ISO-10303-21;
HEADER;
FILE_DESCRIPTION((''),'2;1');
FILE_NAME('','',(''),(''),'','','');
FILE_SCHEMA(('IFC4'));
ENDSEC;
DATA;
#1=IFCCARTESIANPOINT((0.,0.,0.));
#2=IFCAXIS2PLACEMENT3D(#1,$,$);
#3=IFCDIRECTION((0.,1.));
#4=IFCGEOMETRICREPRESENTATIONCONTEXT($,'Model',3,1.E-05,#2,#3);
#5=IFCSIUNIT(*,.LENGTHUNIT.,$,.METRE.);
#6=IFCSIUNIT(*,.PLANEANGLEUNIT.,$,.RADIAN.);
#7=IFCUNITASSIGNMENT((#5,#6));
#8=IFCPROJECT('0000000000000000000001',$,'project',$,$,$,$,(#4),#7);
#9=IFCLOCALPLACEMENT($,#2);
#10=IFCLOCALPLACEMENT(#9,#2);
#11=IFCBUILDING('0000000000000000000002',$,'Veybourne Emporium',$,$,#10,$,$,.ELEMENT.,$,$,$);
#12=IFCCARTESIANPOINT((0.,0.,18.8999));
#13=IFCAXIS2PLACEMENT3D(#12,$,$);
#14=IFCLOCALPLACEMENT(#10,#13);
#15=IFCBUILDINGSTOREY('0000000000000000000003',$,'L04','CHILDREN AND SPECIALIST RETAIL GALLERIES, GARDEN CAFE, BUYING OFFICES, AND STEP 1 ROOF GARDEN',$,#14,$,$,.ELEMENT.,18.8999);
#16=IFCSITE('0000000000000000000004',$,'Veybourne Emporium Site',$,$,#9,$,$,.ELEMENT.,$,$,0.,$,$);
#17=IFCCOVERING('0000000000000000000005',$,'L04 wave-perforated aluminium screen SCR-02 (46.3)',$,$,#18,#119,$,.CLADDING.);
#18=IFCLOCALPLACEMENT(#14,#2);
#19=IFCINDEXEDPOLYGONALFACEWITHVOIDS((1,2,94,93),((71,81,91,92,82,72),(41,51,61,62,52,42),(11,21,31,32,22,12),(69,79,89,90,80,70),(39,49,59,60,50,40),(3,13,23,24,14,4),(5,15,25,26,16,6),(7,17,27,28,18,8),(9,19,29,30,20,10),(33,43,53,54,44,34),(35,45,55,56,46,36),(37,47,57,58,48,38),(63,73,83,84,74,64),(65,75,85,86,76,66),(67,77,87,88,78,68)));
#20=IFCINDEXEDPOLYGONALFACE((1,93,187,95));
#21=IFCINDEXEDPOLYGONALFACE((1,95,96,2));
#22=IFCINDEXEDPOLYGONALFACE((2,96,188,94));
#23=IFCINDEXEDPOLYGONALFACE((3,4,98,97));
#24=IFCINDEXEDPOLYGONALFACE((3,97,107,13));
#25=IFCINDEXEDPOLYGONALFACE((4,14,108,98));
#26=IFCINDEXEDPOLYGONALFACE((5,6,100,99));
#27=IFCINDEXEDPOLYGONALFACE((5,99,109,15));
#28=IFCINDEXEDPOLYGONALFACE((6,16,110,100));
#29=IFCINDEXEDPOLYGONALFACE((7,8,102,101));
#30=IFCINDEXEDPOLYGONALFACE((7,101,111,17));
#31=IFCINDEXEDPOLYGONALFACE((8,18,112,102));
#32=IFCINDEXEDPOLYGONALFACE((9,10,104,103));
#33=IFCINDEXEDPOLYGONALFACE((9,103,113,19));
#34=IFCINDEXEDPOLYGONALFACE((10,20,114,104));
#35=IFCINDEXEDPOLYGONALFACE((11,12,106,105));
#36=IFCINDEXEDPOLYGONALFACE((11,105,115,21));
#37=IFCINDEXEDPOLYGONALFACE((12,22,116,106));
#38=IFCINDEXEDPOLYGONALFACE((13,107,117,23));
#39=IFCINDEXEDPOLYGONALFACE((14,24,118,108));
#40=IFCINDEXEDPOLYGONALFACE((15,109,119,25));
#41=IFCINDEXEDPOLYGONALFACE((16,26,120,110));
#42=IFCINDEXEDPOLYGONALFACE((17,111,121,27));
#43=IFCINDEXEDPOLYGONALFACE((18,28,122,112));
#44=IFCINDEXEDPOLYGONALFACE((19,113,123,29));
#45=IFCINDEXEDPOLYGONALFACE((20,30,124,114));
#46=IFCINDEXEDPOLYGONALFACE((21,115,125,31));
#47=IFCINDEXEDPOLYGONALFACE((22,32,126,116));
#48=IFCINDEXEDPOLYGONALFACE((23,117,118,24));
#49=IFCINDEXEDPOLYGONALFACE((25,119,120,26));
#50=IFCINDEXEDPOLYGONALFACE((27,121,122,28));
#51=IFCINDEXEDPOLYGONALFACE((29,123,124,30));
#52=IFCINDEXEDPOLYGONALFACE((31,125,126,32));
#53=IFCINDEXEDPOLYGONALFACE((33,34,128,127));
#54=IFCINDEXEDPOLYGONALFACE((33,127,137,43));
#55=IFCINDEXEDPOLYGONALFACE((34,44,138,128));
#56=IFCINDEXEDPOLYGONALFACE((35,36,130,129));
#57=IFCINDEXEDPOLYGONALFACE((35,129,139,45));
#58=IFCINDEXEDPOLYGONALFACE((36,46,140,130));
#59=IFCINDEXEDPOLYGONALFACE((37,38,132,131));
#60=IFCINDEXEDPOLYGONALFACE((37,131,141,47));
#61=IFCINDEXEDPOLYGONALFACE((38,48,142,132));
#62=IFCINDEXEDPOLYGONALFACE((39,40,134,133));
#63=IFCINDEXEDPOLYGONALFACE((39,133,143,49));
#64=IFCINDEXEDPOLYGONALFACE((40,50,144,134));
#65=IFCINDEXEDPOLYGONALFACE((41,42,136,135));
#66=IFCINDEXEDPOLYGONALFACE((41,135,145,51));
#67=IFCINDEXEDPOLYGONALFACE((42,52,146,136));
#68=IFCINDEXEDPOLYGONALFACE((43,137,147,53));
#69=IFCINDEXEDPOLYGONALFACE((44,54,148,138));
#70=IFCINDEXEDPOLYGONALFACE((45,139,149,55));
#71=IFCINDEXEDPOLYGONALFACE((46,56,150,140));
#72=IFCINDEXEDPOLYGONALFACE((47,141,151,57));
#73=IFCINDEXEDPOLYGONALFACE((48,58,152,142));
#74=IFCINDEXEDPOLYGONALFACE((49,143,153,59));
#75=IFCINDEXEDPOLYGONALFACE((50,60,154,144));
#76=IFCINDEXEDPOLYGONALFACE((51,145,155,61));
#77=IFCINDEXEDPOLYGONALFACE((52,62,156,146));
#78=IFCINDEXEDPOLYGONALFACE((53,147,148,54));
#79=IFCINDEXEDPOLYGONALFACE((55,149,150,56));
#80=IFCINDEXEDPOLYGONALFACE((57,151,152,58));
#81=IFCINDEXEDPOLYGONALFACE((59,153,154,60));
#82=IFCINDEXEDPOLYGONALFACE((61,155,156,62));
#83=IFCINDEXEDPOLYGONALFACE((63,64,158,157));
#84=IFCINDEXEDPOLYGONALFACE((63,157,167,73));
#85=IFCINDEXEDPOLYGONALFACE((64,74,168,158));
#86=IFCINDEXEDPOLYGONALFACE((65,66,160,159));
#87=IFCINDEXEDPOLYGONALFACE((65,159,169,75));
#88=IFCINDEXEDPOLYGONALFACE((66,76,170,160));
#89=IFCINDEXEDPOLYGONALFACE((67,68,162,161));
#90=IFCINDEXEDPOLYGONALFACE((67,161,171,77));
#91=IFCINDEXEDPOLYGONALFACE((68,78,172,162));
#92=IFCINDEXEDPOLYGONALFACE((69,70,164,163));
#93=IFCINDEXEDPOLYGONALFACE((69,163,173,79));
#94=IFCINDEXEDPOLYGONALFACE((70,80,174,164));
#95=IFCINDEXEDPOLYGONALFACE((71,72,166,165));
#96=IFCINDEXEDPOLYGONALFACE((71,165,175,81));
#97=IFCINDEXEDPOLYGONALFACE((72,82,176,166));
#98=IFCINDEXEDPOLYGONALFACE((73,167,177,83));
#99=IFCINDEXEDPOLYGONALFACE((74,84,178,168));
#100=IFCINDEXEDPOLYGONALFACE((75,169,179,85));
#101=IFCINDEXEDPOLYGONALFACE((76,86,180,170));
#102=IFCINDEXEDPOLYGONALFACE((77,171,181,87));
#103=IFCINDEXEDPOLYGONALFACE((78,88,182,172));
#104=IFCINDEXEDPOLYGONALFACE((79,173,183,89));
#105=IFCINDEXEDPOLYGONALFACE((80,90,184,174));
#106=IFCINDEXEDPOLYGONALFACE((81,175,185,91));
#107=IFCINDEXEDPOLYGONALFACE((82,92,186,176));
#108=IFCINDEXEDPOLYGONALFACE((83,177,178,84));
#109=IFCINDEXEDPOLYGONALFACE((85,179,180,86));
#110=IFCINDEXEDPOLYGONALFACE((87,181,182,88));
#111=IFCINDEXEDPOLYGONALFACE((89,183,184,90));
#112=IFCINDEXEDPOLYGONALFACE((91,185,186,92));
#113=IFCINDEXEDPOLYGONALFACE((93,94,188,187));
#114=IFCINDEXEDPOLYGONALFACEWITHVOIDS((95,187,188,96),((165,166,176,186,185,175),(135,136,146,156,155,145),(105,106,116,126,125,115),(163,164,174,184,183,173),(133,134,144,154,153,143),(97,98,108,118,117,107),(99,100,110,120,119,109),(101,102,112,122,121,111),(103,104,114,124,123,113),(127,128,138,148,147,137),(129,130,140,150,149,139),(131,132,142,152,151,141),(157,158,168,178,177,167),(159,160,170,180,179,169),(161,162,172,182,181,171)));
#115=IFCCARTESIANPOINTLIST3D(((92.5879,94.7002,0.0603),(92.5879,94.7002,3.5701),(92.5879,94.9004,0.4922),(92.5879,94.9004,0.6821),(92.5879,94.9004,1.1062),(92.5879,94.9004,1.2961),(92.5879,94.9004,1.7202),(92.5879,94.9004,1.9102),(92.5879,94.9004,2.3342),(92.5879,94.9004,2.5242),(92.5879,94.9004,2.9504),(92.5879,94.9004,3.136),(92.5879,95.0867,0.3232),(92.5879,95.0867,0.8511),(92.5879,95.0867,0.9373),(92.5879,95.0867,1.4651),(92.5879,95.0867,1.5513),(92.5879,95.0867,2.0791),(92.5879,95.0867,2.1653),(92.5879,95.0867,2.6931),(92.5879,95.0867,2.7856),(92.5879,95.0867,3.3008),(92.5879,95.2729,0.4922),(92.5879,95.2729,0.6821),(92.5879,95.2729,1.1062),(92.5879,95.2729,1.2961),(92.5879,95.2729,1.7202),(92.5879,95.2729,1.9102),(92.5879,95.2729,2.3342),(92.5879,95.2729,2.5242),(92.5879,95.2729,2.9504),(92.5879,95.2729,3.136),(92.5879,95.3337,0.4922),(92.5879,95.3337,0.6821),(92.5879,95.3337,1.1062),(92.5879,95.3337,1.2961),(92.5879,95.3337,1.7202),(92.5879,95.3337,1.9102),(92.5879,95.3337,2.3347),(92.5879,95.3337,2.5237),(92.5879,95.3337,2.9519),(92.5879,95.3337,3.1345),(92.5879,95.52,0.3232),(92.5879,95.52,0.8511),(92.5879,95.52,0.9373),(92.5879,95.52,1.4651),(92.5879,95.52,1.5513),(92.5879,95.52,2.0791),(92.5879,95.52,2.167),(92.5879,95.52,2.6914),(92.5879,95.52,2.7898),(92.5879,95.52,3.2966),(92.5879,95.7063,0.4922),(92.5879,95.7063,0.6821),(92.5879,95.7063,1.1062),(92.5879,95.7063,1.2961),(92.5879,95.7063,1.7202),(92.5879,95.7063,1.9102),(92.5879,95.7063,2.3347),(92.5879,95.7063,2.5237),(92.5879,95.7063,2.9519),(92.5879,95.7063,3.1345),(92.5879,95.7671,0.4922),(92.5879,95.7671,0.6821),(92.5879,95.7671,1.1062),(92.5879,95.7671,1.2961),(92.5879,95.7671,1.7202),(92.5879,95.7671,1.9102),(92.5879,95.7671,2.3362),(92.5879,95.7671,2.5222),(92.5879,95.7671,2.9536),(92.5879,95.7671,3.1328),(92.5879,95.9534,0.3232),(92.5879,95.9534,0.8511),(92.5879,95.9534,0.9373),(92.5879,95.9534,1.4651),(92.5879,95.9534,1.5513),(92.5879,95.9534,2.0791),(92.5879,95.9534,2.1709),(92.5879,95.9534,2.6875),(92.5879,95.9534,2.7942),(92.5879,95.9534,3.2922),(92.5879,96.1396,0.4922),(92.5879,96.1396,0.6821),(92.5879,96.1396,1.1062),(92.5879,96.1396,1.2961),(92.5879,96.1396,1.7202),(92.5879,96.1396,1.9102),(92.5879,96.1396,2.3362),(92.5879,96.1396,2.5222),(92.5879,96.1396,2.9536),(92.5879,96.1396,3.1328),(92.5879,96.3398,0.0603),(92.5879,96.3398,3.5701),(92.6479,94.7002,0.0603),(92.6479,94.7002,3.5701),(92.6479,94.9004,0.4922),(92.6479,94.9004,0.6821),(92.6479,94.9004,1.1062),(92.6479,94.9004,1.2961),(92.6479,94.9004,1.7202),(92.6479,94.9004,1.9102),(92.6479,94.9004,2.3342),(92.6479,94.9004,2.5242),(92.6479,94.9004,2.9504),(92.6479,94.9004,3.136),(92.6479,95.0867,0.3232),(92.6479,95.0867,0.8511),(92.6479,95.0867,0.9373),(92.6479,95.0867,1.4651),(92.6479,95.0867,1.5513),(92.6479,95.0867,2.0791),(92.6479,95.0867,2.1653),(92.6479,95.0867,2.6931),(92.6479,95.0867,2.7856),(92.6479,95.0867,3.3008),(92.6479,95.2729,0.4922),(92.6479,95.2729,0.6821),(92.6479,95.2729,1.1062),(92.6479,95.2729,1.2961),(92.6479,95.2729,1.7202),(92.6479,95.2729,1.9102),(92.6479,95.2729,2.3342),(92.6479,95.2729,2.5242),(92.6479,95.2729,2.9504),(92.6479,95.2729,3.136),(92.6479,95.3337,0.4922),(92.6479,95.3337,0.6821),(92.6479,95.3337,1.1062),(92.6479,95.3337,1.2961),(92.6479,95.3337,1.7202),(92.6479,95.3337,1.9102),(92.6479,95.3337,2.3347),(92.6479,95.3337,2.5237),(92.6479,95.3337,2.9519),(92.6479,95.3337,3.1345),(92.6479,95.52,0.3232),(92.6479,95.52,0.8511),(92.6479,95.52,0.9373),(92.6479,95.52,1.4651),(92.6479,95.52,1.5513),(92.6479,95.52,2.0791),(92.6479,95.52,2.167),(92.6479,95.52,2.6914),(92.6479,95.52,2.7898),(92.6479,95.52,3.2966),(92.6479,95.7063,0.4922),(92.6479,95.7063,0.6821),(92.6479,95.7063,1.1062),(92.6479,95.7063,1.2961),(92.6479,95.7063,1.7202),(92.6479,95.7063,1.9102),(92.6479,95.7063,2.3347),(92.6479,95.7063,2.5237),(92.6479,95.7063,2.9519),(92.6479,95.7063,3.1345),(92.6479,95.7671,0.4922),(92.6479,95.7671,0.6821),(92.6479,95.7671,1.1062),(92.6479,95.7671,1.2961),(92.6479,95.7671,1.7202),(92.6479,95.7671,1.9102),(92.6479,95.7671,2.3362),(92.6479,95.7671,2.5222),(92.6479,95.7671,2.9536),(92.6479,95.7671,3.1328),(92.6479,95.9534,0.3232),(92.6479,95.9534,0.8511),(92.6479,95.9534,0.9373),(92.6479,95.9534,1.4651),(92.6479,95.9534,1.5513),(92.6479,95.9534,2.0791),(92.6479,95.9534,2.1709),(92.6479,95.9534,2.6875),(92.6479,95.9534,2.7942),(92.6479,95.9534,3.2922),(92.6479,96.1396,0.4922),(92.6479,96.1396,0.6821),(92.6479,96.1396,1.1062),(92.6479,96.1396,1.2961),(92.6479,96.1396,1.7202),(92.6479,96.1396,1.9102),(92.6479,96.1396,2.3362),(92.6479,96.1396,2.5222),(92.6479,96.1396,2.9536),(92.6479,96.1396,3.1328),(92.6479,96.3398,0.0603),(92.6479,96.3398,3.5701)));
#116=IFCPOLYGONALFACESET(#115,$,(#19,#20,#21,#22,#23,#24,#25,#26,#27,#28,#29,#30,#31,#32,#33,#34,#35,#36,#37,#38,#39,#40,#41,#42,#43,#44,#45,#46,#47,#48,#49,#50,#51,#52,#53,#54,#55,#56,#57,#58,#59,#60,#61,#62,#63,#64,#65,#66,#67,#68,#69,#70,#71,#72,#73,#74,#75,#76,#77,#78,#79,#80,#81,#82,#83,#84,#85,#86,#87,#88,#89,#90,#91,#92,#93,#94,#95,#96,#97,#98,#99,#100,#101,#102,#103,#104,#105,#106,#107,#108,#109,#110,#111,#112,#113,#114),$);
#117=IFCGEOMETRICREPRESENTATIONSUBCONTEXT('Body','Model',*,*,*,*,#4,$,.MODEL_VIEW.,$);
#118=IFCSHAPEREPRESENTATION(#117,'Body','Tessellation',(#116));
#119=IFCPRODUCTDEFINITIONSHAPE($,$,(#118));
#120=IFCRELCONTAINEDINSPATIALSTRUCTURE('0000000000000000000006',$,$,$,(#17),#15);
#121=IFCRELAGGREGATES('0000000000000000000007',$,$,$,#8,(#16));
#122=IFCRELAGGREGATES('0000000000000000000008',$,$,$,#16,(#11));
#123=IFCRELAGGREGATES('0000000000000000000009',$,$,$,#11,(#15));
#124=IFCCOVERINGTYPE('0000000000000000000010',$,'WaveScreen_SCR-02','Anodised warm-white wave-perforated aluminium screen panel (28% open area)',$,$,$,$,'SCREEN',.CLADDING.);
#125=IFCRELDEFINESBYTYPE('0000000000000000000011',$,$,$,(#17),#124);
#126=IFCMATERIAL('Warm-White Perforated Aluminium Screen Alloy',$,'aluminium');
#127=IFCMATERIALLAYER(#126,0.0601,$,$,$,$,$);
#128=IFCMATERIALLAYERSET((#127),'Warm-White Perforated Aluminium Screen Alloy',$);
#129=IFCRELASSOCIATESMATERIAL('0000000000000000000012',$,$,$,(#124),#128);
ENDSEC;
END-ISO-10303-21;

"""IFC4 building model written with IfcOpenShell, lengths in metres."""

from ifc_helpers import new_model, si_unit, direction, frame, origin, place, context, subcontext, project, spatial, polyline, outline, extrude, material, layer, layer_set, type_object, element, save


model = new_model("IFC4")

# Units and contexts
model_context = context("Model", 3, precision=1e-05, world=origin(), true_north=direction((0.0, 1.0)))
body_context = subcontext(model_context, "Body", "Model", "MODEL_VIEW")
ifc_project = project(units=[si_unit("LENGTHUNIT", "METRE"), si_unit("PLANEANGLEUNIT", "RADIAN")], contexts=[model_context])

# Site, building, storey
site_placement = place(None, origin())
site = spatial("IfcSite", under=ifc_project, at=site_placement, Name="Veybourne Emporium Site", CompositionType="ELEMENT", RefElevation=0.0)
building_placement = place(site_placement, origin())
building = spatial("IfcBuilding", under=site, at=building_placement, Name="Veybourne Emporium", CompositionType="ELEMENT")
storey_placement = place(building_placement, frame((0.0, 0.0, 18.8999)))
storey = spatial("IfcBuildingStorey", under=building, at=storey_placement, Name="L04", Description="CHILDREN AND SPECIALIST RETAIL GALLERIES, GARDEN CAFE, BUYING OFFICES, AND STEP 1 ROOF GARDEN", CompositionType="ELEMENT", Elevation=18.8999)

# Covering
ifc_material_1 = material(Name="Warm-White Perforated Aluminium Screen Alloy", Category="aluminium")
ifc_layer_1 = layer(ifc_material_1, 0.0601)
ifc_layer_set_1 = layer_set([ifc_layer_1], Name="Warm-White Perforated Aluminium Screen Alloy")
covering_type_1 = type_object("IfcCoveringType", Name="WaveScreen_SCR-02", Description="Anodised warm-white wave-perforated aluminium screen panel (28% open area)", ElementType="SCREEN", PredefinedType="CLADDING", material=ifc_layer_set_1)
covering_1_placement = place(storey_placement, frame((92.6479, 95.52, 1.8152), z_axis=(-1.0, 0.0, 0.0), x_axis=(0.0, -1.0, 0.0)))
element("IfcCovering", 1, at=covering_1_placement, inside=storey, type_object=covering_type_1, Name="L04 wave-perforated aluminium screen SCR-02 (46.3)", PredefinedType="CLADDING", context=body_context, shape_type="SweptSolid", body=[
    extrude(outline(polyline([(-0.8198, -1.7549), (0.8198, -1.7549), (0.8198, 1.7549), (-0.8198, 1.7549), (-0.8198, -1.7549)]), holes=[polyline([(-0.4333, -0.9641), (-0.2471, -1.1331), (-0.2471, -1.323), (-0.4333, -1.4919), (-0.6196, -1.323), (-0.6196, -1.1331), (-0.4333, -0.9641)]), polyline([(-0.4333, -0.3501), (-0.2471, -0.519), (-0.2471, -0.709), (-0.4333, -0.8779), (-0.6196, -0.709), (-0.6196, -0.519), (-0.4333, -0.3501)]), polyline([(-0.4333, 0.2639), (-0.2471, 0.095), (-0.2471, -0.095), (-0.4333, -0.2639), (-0.6196, -0.095), (-0.6196, 0.095), (-0.4333, 0.2639)]), polyline([(-0.4333, 0.8723), (-0.2471, 0.707), (-0.2471, 0.521), (-0.4333, 0.3557), (-0.6196, 0.521), (-0.6196, 0.707), (-0.4333, 0.8723)]), polyline([(-0.4333, 1.4771), (-0.2471, 1.3176), (-0.2471, 1.1384), (-0.4333, 0.979), (-0.6196, 1.1384), (-0.6196, 1.3176), (-0.4333, 1.4771)]), polyline([(0.0, -0.9641), (0.1863, -1.1331), (0.1863, -1.323), (0.0, -1.4919), (-0.1863, -1.323), (-0.1863, -1.1331), (0.0, -0.9641)]), polyline([(0.0, -0.3501), (0.1863, -0.519), (0.1863, -0.709), (0.0, -0.8779), (-0.1863, -0.709), (-0.1863, -0.519), (0.0, -0.3501)]), polyline([(0.0, 0.2639), (0.1863, 0.095), (0.1863, -0.095), (0.0, -0.2639), (-0.1863, -0.095), (-0.1863, 0.095), (0.0, 0.2639)]), polyline([(0.0, 0.8762), (0.1863, 0.7085), (0.1863, 0.5195), (0.0, 0.3518), (-0.1863, 0.5195), (-0.1863, 0.7085), (0.0, 0.8762)]), polyline([(0.0, 1.4814), (0.1863, 1.3193), (0.1863, 1.1367), (0.0, 0.9746), (-0.1863, 1.1367), (-0.1863, 1.3193), (0.0, 1.4814)]), polyline([(0.4333, -0.9641), (0.6196, -1.1331), (0.6196, -1.323), (0.4333, -1.4919), (0.2471, -1.323), (0.2471, -1.1331), (0.4333, -0.9641)]), polyline([(0.4333, -0.3501), (0.6196, -0.519), (0.6196, -0.709), (0.4333, -0.8779), (0.2471, -0.709), (0.2471, -0.519), (0.4333, -0.3501)]), polyline([(0.4333, 0.2639), (0.6196, 0.095), (0.6196, -0.095), (0.4333, -0.2639), (0.2471, -0.095), (0.2471, 0.095), (0.4333, 0.2639)]), polyline([(0.4333, 0.8779), (0.6196, 0.709), (0.6196, 0.519), (0.4333, 0.3501), (0.2471, 0.519), (0.2471, 0.709), (0.4333, 0.8779)]), polyline([(0.4333, 1.4856), (0.6196, 1.3208), (0.6196, 1.1353), (0.4333, 0.9705), (0.2471, 1.1353), (0.2471, 1.3208), (0.4333, 1.4856)])]), origin(), (0.0, 0.0, 1.0), 0.0601),
])

save(model, "model.ifc")
